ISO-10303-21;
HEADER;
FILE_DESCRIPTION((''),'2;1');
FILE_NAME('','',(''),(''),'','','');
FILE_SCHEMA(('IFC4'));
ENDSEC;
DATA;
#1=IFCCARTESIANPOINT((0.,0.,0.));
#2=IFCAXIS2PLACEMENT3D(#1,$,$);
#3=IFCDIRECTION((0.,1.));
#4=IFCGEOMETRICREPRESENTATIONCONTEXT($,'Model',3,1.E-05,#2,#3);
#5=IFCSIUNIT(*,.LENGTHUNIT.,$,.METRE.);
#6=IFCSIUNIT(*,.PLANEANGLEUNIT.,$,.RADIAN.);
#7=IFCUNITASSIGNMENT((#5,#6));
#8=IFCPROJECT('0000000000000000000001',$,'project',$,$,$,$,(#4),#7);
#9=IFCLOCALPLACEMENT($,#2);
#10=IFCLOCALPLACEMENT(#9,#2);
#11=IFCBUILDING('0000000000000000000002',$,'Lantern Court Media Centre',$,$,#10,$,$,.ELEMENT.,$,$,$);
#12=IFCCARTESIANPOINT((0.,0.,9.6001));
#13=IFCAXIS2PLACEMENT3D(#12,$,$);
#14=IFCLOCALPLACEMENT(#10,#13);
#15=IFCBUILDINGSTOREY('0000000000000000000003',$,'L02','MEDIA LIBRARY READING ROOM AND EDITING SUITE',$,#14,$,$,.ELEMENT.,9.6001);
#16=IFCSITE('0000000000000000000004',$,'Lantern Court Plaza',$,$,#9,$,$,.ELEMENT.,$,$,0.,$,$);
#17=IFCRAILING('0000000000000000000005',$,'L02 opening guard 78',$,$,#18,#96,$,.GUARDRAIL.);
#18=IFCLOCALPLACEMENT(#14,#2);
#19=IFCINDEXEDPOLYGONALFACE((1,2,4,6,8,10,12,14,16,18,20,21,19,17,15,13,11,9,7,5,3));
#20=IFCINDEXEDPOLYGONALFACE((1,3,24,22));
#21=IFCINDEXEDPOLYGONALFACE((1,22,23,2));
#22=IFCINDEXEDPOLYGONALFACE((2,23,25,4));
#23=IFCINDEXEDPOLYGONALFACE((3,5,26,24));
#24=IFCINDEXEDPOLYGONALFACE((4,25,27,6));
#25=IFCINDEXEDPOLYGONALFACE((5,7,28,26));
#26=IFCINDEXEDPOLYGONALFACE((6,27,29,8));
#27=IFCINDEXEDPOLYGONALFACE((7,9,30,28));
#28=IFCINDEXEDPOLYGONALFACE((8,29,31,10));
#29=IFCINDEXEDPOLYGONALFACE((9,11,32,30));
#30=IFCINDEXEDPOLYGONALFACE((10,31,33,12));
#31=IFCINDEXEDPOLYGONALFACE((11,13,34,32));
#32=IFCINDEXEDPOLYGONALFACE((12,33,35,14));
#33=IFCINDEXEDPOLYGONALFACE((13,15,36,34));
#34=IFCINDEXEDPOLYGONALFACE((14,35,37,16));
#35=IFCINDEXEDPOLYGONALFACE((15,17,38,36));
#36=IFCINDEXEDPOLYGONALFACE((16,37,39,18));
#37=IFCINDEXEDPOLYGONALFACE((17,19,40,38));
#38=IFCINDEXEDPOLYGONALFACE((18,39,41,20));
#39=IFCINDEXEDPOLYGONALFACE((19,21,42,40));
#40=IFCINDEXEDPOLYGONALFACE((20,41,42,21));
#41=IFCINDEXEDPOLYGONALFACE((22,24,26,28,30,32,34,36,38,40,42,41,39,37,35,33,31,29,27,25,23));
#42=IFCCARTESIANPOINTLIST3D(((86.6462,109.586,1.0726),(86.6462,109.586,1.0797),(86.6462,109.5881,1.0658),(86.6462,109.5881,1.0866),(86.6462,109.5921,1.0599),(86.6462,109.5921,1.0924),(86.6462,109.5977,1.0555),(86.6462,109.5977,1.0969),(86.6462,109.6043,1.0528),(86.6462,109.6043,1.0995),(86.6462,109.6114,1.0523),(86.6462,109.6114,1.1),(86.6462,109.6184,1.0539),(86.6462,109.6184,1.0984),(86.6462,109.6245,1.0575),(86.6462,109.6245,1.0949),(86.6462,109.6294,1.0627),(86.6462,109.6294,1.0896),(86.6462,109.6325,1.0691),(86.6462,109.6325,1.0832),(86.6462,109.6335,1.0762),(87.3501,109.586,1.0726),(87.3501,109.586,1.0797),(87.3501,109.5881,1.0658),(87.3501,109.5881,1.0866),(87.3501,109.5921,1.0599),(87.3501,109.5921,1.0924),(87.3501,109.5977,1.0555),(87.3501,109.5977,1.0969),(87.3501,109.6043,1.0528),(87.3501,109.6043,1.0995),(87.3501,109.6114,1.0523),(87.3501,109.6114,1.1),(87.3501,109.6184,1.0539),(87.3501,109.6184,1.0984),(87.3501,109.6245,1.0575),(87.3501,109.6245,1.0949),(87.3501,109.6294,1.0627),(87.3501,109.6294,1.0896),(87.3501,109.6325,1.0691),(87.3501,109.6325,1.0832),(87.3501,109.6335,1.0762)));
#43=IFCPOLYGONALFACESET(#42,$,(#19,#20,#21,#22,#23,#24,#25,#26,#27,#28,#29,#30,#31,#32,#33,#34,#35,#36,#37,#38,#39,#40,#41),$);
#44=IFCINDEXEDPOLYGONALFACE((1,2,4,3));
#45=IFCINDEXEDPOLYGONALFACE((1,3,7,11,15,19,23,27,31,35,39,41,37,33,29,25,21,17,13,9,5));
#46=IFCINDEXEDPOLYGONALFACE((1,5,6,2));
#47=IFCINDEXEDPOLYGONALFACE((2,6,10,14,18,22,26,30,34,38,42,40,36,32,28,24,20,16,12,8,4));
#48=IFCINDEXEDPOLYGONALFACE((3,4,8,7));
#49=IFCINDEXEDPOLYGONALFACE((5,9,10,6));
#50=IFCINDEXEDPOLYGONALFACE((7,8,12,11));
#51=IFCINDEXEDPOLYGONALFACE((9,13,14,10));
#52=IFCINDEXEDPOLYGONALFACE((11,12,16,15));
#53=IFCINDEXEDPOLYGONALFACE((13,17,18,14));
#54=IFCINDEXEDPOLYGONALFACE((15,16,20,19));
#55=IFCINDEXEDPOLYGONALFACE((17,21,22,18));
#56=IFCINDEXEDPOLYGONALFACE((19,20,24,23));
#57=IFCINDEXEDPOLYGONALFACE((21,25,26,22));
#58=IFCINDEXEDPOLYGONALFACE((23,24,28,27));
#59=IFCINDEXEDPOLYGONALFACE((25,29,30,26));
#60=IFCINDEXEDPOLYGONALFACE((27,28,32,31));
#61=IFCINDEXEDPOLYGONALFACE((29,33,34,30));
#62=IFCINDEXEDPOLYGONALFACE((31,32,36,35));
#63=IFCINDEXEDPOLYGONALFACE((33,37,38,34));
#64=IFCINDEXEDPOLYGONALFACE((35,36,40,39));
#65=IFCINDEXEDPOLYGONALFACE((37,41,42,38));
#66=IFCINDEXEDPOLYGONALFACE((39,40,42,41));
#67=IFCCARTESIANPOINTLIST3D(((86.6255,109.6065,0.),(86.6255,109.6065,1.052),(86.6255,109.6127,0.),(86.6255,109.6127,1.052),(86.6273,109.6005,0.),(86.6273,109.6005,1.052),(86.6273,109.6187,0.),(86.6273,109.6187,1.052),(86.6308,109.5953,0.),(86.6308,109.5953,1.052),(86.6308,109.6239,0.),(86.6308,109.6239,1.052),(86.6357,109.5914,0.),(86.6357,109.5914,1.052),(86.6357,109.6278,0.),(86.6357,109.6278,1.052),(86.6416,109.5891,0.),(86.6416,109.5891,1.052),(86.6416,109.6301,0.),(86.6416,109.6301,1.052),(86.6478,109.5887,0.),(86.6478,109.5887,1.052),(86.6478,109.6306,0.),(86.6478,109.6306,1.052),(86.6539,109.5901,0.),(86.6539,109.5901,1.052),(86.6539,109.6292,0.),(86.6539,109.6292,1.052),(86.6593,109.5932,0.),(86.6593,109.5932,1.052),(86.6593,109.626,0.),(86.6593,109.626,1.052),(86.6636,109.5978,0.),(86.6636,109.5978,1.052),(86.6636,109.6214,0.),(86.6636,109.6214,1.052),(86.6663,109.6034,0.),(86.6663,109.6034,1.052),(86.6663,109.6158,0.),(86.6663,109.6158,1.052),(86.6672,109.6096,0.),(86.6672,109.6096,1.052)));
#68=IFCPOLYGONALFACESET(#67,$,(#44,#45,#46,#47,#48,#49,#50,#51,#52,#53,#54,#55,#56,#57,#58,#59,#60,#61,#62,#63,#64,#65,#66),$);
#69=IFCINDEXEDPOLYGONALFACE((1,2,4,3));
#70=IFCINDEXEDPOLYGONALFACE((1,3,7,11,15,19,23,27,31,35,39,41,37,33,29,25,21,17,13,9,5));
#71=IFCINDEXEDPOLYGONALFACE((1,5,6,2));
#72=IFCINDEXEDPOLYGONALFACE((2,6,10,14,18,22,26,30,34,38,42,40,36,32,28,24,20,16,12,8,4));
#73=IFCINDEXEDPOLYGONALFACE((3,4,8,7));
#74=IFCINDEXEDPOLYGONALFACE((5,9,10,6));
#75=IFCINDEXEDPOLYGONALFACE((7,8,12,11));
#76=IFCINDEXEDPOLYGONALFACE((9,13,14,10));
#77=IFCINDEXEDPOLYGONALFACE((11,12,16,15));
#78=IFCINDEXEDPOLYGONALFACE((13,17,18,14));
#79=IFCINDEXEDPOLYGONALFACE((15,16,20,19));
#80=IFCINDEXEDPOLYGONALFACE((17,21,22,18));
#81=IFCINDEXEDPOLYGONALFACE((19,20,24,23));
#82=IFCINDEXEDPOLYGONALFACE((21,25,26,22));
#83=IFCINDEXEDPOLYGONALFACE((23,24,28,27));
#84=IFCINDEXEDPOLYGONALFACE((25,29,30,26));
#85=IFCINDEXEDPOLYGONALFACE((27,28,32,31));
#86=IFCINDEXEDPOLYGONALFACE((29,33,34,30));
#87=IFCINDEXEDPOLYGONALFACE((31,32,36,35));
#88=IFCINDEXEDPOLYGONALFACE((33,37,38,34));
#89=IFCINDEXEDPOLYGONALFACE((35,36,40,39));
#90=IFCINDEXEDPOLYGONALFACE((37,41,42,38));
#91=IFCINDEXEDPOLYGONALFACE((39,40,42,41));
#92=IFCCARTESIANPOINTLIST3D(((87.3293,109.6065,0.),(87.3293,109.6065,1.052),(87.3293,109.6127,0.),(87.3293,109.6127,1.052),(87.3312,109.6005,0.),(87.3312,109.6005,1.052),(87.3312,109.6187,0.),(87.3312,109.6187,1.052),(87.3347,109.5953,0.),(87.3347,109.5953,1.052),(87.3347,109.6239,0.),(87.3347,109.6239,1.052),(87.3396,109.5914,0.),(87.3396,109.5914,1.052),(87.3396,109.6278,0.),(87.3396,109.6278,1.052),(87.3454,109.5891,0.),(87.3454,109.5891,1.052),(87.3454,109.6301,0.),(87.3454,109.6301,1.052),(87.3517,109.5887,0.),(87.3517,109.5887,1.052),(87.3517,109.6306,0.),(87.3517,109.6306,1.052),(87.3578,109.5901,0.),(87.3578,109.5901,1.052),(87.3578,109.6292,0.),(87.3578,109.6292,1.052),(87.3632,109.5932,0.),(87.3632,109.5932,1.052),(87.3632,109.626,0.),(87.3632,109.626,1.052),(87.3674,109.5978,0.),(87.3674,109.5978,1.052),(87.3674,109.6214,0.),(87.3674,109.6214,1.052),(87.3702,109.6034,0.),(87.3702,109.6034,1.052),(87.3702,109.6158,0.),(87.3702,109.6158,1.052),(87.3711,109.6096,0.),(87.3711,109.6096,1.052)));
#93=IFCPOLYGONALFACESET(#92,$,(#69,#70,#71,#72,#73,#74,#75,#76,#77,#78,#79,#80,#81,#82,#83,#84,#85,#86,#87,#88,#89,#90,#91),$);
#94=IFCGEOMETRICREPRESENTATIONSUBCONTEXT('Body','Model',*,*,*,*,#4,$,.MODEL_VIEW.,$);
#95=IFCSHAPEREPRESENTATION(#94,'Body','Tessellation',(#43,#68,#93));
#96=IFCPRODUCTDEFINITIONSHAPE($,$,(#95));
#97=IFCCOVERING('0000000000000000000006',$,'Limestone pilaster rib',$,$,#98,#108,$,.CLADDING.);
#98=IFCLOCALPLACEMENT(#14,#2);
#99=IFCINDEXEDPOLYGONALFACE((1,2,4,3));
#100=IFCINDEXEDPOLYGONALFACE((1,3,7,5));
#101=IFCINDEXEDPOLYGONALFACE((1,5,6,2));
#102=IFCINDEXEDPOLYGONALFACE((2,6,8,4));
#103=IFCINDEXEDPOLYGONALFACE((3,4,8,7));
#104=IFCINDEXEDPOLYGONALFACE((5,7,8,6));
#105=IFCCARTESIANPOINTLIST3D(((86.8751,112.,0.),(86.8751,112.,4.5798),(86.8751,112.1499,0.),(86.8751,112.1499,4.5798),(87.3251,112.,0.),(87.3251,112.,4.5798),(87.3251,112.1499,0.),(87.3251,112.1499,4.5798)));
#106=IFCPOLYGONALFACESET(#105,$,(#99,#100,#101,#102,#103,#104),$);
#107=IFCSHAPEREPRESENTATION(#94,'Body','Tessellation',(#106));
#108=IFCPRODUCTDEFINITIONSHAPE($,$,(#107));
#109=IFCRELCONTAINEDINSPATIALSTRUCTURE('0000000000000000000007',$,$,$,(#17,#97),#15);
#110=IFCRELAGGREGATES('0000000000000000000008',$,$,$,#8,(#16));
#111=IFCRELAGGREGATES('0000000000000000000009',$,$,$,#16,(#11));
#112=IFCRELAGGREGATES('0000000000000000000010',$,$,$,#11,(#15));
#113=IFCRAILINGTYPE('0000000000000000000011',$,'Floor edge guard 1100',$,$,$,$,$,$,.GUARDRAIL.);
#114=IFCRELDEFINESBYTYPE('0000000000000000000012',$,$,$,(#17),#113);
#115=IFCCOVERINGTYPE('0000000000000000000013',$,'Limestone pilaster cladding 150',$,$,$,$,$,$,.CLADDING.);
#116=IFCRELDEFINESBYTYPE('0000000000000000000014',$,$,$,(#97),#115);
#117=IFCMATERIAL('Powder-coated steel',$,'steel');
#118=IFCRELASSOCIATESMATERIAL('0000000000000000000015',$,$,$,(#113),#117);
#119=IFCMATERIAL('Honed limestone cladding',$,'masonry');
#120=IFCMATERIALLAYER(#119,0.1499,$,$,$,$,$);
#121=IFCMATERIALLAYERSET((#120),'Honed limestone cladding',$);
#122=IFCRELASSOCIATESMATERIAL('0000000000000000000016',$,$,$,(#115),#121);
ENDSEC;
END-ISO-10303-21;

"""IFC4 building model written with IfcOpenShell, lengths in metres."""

from ifc_helpers import new_model, si_unit, direction, frame, frame_2d, origin, origin_2d, place, context, subcontext, project, spatial, rectangle, circle, extrude, material, layer, layer_set, type_object, element, save


model = new_model("IFC4")

# Units and contexts
model_context = context("Model", 3, precision=1e-05, world=origin(), true_north=direction((0.0, 1.0)))
body_context = subcontext(model_context, "Body", "Model", "MODEL_VIEW")
ifc_project = project(units=[si_unit("LENGTHUNIT", "METRE"), si_unit("PLANEANGLEUNIT", "RADIAN")], contexts=[model_context])

# Site, building, storey
site_placement = place(None, origin())
site = spatial("IfcSite", under=ifc_project, at=site_placement, Name="Lantern Court Plaza", CompositionType="ELEMENT", RefElevation=0.0)
building_placement = place(site_placement, origin())
building = spatial("IfcBuilding", under=site, at=building_placement, Name="Lantern Court Media Centre", CompositionType="ELEMENT")
storey_placement = place(building_placement, frame((0.0, 0.0, 9.6001)))
storey = spatial("IfcBuildingStorey", under=building, at=storey_placement, Name="L02", Description="MEDIA LIBRARY READING ROOM AND EDITING SUITE", CompositionType="ELEMENT", Elevation=9.6001)

# Railing
ifc_material_1 = material(Name="Powder-coated steel", Category="steel")
railing_type_1 = type_object("IfcRailingType", Name="Floor edge guard 1100", PredefinedType="GUARDRAIL", material=ifc_material_1)
railing_1_placement = place(storey_placement, frame((86.6462, 109.6096, 0.0)))
element("IfcRailing", 1, at=railing_1_placement, inside=storey, type_object=railing_type_1, Name="L02 opening guard 78", PredefinedType="GUARDRAIL", context=body_context, shape_type="SweptSolid", body=[
    extrude(circle(Radius=0.0239, at=origin_2d()), frame((0.0, 0.0, 1.0762), z_axis=(1.0, 0.0, 0.0), x_axis=(0.0, 1.0, 0.0)), (0.0, 0.0, 1.0), 0.7039),
    extrude(circle(Radius=0.021, at=origin_2d()), origin(), (0.0, 0.0, 1.0), 1.052),
    extrude(circle(Radius=0.021, at=origin_2d()), frame((0.7039, 0.0, 0.0)), (0.0, 0.0, 1.0), 1.052),
])

# Covering
ifc_material_2 = material(Name="Honed limestone cladding", Category="masonry")
ifc_layer_1 = layer(ifc_material_2, 0.1499)
ifc_layer_set_1 = layer_set([ifc_layer_1], Name="Honed limestone cladding")
covering_type = type_object("IfcCoveringType", Name="Limestone pilaster cladding 150", PredefinedType="CLADDING", material=ifc_layer_set_1)
covering_placement = place(storey_placement, frame((86.875, 112.075, 0.0), z_axis=(0.0, 0.0, 1.0), x_axis=(1.0, 0.0, 0.0)))
element("IfcCovering", 2, at=covering_placement, inside=storey, type_object=covering_type, Name="Limestone pilaster rib", PredefinedType="CLADDING", context=body_context, shape_type="SweptSolid", body=[
    extrude(rectangle(XDim=0.45, YDim=0.1499, at=frame_2d((0.2251, 0.0))), origin(), (0.0, 0.0, 1.0), 4.5798),
])

save(model, "model.ifc")
